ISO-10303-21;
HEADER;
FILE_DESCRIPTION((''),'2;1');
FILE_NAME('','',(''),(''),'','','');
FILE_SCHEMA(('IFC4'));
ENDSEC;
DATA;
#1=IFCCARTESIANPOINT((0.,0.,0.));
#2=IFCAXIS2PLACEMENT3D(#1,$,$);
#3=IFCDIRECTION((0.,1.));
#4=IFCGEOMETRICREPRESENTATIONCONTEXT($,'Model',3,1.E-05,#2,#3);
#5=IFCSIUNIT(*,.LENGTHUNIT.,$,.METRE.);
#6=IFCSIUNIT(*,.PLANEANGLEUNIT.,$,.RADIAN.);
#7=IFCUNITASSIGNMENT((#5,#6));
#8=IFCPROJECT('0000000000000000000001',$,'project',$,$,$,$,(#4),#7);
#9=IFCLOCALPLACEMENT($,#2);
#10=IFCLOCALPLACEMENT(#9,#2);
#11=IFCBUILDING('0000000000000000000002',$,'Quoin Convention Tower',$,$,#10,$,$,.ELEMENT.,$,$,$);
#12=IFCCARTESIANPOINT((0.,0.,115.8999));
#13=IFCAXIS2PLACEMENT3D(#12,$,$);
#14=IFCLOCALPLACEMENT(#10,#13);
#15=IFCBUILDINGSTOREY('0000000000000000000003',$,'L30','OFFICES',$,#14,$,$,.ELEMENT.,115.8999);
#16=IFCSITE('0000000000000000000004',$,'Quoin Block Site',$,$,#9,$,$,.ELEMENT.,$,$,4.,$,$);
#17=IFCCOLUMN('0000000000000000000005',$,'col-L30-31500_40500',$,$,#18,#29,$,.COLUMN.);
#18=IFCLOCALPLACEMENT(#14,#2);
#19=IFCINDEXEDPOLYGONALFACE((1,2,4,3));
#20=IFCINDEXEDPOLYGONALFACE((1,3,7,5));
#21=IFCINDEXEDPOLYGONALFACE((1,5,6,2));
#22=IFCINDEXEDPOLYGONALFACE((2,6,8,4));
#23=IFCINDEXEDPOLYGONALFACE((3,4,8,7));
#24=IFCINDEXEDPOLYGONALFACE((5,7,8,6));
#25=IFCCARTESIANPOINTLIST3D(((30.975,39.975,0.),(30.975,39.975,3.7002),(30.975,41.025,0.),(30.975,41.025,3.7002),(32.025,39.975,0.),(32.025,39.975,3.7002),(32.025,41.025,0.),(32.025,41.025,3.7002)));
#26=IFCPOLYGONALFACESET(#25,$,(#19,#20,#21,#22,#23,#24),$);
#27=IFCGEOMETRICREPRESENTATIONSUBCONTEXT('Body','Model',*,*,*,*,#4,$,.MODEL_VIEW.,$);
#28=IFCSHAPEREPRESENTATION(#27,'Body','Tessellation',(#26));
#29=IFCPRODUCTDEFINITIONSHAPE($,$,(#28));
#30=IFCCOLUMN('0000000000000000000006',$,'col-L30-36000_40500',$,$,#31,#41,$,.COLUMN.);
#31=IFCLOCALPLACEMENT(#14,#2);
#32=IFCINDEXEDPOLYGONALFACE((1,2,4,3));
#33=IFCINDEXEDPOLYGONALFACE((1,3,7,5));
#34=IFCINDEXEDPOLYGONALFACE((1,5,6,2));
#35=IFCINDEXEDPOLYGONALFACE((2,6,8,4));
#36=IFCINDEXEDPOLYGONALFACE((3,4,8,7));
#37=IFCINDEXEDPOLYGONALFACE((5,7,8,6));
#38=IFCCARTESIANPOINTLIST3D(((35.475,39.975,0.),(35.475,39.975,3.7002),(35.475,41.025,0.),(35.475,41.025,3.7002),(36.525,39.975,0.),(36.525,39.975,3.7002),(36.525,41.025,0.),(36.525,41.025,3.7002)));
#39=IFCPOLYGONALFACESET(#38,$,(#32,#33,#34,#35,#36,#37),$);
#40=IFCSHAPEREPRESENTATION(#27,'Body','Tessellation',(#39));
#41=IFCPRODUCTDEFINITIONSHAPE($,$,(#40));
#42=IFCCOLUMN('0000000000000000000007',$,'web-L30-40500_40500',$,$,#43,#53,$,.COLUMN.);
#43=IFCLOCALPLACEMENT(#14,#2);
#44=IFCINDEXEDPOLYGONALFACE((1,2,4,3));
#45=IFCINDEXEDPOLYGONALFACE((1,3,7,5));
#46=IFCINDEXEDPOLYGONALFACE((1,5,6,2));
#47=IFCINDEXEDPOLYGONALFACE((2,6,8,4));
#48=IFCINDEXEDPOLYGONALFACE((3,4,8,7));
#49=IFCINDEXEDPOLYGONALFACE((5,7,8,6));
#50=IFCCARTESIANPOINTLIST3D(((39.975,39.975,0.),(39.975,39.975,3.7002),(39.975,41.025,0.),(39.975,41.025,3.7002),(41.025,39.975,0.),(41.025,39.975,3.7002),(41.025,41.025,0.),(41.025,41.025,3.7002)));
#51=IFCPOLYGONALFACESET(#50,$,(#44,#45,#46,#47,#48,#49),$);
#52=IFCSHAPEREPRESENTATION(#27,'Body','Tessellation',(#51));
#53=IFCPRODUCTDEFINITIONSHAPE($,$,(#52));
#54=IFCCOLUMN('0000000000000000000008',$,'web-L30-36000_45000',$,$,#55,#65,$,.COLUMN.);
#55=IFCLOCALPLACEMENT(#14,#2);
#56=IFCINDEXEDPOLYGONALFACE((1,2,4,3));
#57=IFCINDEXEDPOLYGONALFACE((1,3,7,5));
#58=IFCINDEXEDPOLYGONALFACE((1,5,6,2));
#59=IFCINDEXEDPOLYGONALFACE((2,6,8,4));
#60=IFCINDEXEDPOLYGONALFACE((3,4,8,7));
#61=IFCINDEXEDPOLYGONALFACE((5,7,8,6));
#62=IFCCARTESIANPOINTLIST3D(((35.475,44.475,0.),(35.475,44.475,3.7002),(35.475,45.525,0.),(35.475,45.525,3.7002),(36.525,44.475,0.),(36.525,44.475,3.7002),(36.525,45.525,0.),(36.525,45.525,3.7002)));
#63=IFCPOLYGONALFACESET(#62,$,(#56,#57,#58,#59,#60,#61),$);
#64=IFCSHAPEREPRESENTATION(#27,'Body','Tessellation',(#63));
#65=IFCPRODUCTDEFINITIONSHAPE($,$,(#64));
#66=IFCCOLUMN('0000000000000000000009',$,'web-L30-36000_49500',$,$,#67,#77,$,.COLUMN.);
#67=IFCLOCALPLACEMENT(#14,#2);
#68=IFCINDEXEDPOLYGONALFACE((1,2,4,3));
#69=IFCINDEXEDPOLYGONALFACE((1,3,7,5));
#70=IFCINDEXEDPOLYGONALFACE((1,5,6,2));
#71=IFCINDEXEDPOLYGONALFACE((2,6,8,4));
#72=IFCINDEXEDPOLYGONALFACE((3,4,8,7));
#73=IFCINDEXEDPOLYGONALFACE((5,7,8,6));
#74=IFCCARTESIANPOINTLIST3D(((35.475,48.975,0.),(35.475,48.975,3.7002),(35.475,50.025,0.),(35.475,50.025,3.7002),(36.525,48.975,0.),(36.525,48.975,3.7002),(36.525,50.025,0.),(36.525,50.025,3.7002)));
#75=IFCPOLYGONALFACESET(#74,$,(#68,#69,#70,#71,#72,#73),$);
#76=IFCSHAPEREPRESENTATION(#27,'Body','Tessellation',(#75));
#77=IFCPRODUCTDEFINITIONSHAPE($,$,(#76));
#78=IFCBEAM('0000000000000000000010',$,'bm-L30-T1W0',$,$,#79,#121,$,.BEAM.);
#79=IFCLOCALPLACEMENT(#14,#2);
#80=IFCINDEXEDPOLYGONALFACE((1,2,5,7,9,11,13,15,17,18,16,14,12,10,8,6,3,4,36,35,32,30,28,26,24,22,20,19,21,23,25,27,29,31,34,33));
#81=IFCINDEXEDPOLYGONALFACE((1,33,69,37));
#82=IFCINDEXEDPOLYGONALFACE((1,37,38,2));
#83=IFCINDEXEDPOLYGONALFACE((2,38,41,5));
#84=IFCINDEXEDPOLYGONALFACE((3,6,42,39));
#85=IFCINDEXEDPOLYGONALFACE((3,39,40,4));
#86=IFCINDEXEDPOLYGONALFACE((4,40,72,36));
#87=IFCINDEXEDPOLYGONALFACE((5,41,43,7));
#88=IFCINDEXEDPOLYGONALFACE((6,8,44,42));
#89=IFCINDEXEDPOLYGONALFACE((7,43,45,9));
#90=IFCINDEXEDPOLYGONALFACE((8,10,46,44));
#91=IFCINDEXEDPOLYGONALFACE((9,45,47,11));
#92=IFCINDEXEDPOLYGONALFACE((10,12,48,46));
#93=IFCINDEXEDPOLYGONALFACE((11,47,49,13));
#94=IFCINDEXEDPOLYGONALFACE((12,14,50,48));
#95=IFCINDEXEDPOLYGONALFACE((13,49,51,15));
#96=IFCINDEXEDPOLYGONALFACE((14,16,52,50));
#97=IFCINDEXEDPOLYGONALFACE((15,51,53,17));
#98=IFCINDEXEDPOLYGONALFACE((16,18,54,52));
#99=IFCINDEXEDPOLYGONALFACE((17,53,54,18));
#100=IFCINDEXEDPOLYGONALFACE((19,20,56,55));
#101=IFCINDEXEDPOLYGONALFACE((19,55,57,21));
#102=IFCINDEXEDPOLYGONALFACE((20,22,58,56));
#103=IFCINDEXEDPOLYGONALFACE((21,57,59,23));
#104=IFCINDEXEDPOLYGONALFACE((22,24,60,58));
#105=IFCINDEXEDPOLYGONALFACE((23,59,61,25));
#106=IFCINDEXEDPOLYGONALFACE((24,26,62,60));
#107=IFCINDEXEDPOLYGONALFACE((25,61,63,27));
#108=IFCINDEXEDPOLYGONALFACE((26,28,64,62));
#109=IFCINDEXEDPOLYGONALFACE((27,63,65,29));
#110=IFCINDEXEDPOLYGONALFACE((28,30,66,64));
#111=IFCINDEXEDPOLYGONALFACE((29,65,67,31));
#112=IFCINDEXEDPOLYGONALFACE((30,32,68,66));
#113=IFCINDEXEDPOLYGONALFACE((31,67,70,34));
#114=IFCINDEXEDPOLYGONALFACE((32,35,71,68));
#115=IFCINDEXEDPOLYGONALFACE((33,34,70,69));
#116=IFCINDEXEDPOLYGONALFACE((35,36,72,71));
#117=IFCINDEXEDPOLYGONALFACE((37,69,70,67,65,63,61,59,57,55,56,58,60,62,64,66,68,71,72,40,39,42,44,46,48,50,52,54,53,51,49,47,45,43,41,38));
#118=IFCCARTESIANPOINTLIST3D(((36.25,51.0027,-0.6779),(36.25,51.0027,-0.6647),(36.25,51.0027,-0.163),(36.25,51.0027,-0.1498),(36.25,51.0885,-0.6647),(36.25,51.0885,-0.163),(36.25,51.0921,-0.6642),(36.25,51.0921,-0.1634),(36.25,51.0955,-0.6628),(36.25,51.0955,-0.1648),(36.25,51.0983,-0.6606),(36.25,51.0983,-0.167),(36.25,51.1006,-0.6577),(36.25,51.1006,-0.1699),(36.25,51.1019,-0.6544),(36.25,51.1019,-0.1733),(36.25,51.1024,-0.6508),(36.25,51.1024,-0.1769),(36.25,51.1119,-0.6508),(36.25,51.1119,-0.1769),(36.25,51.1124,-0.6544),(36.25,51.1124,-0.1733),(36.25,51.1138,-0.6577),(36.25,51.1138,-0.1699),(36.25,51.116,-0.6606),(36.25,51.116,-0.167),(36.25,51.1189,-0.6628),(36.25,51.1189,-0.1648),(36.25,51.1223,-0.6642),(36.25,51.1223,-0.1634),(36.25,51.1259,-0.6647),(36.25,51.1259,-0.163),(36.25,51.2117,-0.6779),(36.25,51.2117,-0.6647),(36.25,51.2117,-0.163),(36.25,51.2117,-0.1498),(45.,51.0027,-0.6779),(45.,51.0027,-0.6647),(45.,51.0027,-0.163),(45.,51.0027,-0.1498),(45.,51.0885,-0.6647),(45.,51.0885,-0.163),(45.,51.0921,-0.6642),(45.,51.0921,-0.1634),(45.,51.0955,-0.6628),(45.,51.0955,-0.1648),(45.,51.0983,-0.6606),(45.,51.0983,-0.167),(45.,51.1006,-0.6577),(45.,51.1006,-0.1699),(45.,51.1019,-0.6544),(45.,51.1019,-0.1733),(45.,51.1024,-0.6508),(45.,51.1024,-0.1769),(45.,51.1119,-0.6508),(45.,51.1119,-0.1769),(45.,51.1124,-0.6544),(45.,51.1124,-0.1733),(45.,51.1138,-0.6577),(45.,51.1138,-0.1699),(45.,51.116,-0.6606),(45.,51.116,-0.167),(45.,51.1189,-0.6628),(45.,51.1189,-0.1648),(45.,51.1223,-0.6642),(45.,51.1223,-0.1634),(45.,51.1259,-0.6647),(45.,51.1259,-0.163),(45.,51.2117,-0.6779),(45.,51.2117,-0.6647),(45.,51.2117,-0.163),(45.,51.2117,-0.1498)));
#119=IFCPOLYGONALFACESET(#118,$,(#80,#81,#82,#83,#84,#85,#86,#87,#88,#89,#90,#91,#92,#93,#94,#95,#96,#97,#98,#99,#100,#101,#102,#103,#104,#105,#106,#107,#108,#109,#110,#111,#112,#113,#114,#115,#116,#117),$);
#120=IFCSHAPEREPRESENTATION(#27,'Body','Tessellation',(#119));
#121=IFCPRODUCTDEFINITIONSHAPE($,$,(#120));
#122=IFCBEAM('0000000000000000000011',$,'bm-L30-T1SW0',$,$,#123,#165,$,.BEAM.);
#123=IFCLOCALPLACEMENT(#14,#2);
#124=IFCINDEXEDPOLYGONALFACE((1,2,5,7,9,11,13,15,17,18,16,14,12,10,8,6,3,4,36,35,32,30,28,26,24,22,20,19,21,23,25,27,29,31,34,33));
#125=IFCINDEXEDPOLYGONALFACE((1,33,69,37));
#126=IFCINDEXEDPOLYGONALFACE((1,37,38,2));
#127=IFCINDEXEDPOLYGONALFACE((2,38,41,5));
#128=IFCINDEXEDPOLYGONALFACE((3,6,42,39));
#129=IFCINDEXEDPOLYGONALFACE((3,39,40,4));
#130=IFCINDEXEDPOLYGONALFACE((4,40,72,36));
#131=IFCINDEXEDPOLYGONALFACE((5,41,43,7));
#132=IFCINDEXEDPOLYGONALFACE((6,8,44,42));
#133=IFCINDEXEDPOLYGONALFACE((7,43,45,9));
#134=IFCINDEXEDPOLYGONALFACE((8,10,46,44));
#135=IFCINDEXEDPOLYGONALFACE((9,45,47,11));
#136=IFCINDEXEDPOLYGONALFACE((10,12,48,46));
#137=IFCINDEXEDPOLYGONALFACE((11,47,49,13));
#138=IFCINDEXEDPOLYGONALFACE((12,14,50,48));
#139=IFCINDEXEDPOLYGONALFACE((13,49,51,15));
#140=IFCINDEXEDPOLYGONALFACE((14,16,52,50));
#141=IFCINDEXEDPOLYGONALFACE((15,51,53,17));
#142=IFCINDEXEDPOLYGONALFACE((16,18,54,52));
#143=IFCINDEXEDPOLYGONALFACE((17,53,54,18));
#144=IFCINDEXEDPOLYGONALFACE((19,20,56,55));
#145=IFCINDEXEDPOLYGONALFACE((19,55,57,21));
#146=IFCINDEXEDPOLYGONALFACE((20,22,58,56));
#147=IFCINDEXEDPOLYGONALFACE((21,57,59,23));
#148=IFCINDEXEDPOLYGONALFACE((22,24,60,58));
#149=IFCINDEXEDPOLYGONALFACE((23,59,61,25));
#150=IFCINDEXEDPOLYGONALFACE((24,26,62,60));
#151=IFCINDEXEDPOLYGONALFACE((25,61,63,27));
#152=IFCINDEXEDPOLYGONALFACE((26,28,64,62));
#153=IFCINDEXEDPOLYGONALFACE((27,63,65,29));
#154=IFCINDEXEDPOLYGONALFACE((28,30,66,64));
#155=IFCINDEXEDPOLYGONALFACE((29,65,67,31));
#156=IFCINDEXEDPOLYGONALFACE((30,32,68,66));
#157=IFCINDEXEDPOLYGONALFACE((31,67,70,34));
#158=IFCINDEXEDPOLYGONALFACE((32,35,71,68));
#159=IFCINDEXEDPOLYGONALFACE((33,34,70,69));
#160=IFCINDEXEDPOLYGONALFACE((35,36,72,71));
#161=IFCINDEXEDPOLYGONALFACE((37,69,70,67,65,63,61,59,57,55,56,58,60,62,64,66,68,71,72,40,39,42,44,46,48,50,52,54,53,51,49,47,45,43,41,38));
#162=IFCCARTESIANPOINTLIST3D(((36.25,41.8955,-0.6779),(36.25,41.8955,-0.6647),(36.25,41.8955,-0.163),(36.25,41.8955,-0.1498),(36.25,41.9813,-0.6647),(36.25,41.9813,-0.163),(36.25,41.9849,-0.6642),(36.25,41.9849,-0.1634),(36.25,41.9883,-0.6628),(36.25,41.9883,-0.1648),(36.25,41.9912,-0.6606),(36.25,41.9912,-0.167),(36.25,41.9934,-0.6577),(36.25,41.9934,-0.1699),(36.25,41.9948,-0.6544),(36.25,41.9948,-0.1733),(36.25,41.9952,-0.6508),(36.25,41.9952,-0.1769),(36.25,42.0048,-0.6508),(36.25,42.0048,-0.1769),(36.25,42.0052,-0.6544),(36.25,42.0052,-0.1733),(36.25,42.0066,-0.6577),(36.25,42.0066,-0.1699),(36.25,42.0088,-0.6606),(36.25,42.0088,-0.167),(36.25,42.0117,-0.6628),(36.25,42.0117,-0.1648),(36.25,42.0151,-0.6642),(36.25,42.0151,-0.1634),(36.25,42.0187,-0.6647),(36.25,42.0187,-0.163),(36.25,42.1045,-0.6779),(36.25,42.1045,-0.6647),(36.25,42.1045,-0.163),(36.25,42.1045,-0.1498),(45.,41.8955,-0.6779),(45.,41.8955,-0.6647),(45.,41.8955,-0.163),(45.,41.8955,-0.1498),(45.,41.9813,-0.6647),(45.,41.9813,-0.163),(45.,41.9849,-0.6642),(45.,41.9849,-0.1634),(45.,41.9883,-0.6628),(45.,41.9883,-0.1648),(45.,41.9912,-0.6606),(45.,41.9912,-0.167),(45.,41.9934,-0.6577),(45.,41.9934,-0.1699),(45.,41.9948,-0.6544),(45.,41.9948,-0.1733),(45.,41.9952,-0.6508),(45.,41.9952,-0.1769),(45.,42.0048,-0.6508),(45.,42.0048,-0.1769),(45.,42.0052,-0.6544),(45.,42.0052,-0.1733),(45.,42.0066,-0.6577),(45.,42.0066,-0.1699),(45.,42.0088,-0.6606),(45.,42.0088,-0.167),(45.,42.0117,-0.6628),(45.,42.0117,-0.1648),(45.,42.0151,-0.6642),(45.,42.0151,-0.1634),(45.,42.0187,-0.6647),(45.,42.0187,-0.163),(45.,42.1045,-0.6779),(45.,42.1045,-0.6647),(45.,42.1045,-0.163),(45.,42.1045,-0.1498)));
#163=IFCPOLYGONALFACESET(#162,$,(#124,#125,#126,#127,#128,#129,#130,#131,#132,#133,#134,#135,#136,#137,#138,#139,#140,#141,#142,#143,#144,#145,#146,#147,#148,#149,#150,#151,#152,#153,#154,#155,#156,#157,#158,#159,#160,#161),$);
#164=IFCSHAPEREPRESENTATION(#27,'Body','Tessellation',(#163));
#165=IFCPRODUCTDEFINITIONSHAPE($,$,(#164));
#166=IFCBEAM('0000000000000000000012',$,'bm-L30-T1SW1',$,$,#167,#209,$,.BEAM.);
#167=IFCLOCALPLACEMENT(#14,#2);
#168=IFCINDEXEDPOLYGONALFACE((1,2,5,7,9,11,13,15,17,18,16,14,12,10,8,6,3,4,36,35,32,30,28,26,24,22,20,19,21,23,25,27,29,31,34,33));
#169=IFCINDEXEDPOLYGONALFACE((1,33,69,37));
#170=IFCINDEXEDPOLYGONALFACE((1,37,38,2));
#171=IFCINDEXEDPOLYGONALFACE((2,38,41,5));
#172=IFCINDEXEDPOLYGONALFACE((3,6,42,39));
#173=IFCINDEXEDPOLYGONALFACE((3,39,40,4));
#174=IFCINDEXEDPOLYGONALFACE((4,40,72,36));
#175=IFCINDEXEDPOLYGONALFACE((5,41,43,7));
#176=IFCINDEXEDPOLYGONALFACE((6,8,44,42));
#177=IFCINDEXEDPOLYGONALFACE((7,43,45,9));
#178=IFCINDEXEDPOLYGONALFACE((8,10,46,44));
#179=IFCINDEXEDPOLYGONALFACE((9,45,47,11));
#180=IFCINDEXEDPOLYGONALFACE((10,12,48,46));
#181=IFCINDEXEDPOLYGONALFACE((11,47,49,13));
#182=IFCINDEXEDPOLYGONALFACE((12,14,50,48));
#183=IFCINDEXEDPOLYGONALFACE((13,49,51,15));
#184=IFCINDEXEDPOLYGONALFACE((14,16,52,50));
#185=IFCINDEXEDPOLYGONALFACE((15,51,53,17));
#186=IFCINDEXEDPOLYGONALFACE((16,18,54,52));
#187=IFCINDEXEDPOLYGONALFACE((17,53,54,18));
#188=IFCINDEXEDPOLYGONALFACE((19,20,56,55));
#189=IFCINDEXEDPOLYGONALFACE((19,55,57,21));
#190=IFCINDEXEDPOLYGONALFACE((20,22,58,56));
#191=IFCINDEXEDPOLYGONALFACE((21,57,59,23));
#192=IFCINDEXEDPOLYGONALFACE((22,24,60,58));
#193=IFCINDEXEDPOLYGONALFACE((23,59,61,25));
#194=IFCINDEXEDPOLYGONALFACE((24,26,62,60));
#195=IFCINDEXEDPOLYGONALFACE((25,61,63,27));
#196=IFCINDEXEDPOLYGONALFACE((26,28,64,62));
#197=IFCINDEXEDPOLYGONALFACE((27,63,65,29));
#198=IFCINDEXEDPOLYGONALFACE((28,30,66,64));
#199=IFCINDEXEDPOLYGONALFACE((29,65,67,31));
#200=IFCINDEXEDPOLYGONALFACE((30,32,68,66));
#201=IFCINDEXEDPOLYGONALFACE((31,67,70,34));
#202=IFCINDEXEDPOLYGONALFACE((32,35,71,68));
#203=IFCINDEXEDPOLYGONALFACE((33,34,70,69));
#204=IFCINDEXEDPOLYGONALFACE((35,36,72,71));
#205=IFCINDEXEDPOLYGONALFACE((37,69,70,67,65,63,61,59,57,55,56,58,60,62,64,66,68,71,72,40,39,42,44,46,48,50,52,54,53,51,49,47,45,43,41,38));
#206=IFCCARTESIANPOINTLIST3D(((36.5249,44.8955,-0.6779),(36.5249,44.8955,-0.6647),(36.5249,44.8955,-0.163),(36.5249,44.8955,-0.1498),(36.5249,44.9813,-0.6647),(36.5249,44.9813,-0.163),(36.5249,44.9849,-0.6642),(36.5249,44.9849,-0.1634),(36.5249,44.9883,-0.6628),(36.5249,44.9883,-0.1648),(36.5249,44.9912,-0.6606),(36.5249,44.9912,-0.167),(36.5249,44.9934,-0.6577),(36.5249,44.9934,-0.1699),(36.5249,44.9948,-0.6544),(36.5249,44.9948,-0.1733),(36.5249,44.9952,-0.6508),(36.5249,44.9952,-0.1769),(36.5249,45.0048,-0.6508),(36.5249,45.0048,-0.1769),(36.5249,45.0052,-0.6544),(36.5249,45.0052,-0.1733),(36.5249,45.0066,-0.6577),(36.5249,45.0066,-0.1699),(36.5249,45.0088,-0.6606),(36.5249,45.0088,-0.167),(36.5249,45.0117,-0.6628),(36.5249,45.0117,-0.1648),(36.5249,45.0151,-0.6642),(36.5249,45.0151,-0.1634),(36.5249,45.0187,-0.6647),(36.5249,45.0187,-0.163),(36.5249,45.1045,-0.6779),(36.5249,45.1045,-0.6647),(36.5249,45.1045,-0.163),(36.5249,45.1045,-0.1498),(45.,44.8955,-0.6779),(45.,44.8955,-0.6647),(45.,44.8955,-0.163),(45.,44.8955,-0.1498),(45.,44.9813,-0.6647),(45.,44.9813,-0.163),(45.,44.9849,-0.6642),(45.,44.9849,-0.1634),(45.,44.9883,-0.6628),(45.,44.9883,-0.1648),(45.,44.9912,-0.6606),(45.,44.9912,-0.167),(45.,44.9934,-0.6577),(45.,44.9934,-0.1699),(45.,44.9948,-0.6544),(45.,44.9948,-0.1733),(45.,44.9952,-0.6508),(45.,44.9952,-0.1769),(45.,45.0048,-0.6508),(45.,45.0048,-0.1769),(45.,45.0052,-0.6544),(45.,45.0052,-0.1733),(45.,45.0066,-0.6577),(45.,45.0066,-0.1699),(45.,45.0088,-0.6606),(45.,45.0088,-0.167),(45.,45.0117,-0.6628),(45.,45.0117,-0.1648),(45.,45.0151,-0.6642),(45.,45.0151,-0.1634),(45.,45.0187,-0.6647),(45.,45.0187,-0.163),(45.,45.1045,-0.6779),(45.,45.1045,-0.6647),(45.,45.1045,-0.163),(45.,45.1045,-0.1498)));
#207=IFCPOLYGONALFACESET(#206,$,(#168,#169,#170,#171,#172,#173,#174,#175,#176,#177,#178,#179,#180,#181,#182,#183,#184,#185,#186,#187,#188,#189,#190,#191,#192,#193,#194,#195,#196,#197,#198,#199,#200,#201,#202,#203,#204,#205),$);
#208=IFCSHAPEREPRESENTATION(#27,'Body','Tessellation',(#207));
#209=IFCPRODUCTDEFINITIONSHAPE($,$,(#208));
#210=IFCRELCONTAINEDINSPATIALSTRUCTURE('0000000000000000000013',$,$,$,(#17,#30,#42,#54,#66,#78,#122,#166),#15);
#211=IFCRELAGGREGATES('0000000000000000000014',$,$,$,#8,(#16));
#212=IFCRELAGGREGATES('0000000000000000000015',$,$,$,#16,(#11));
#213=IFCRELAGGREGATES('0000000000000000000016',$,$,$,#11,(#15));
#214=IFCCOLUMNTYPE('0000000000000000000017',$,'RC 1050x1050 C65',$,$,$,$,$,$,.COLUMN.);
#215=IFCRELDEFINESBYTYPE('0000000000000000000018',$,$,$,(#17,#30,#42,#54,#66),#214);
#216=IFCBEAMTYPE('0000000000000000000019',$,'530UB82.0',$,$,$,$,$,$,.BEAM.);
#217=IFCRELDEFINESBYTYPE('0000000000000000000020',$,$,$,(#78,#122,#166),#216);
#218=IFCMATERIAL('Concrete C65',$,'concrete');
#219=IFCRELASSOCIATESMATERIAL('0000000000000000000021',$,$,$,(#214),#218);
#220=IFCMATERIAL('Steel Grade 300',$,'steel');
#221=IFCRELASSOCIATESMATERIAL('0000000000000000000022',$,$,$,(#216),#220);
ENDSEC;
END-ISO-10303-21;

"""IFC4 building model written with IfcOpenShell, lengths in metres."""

from ifc_helpers import new_model, si_unit, direction, frame, origin, origin_2d, place, context, subcontext, project, spatial, rectangle, i_section, extrude, material, material_profile, profile_set, type_object, element, save


model = new_model("IFC4")

# Units and contexts
model_context = context("Model", 3, precision=1e-05, world=origin(), true_north=direction((0.0, 1.0)))
body_context = subcontext(model_context, "Body", "Model", "MODEL_VIEW")
ifc_project = project(units=[si_unit("LENGTHUNIT", "METRE"), si_unit("PLANEANGLEUNIT", "RADIAN")], contexts=[model_context])

# Site, building, storey
site_placement = place(None, origin())
site = spatial("IfcSite", under=ifc_project, at=site_placement, Name="Quoin Block Site", CompositionType="ELEMENT", RefElevation=4.0)
building_placement = place(site_placement, origin())
building = spatial("IfcBuilding", under=site, at=building_placement, Name="Quoin Convention Tower", CompositionType="ELEMENT")
storey_placement = place(building_placement, frame((0.0, 0.0, 115.8999)))
storey = spatial("IfcBuildingStorey", under=building, at=storey_placement, Name="L30", Description="OFFICES", CompositionType="ELEMENT", Elevation=115.8999)

# Columns
ifc_material_1 = material(Name="Concrete C65", Category="concrete")
ifc_material_profile_1 = material_profile(ifc_material_1, rectangle(XDim=1.05, YDim=1.05, at=origin_2d()), Name="RC 1050x1050")
ifc_profile_set_1 = profile_set([ifc_material_profile_1], Name="Concrete C65")
column_type = type_object("IfcColumnType", Name="RC 1050x1050 C65", PredefinedType="COLUMN", material=ifc_profile_set_1)
for number, where, z_axis, x_axis, name in (
    (1, (31.5, 40.5, 0.0), (0.0, 0.0, 1.0), (1.0, 0.0, 0.0), "col-L30-31500_40500"),
    (2, (36.0, 40.5, 0.0), (0.0, 0.0, 1.0), (1.0, 0.0, 0.0), "col-L30-36000_40500"),
    (3, (40.5, 40.5, 0.0), (0.0, 0.0, 1.0), (1.0, 0.0, 0.0), "web-L30-40500_40500"),
    (4, (36.0, 45.0, 0.0), (0.0, 0.0, 1.0), (1.0, 0.0, 0.0), "web-L30-36000_45000"),
    (5, (36.0, 49.5, 0.0), (0.0, 0.0, 1.0), (1.0, 0.0, 0.0), "web-L30-36000_49500"),
):
    element("IfcColumn", number, at=place(storey_placement, frame(where, z_axis=z_axis, x_axis=x_axis)), inside=storey, type_object=column_type, Name=name, PredefinedType="COLUMN", context=body_context, shape_type="SweptSolid", body=[
        extrude(rectangle(XDim=1.05, YDim=1.05, at=origin_2d()), origin(), (0.0, 0.0, 1.0), 3.7002),
    ])

# Beams
ifc_material_2 = material(Name="Steel Grade 300", Category="steel")
ifc_material_profile_2 = material_profile(ifc_material_2, i_section(OverallWidth=0.209, OverallDepth=0.5281, WebThickness=0.0095, FlangeThickness=0.0132, FilletRadius=0.0139, at=origin_2d()), Name="530UB82.0")
ifc_profile_set_2 = profile_set([ifc_material_profile_2], Name="Steel Grade 300")
beam_type_1 = type_object("IfcBeamType", Name="530UB82.0", PredefinedType="BEAM", material=ifc_profile_set_2)
for number, where, z_axis, x_axis, name in (
    (6, (36.25, 51.1072, -0.4138), (1.0, 0.0, 0.0), (0.0, 1.0, 0.0), "bm-L30-T1W0"),
    (7, (36.25, 42.0, -0.4138), (1.0, 0.0, 0.0), (0.0, 1.0, 0.0), "bm-L30-T1SW0"),
):
    element("IfcBeam", number, at=place(storey_placement, frame(where, z_axis=z_axis, x_axis=x_axis)), inside=storey, type_object=beam_type_1, Name=name, PredefinedType="BEAM", context=body_context, shape_type="SweptSolid", body=[
        extrude(i_section(OverallWidth=0.209, OverallDepth=0.5281, WebThickness=0.0095, FlangeThickness=0.0132, FilletRadius=0.0139, at=origin_2d()), origin(), (0.0, 0.0, 1.0), 8.75),
    ])
beam_1_placement = place(storey_placement, frame((36.5249, 45.0, -0.4138), z_axis=(1.0, 0.0, 0.0), x_axis=(0.0, 1.0, 0.0)))
element("IfcBeam", 8, at=beam_1_placement, inside=storey, type_object=beam_type_1, Name="bm-L30-T1SW1", PredefinedType="BEAM", context=body_context, shape_type="SweptSolid", body=[
    extrude(i_section(OverallWidth=0.209, OverallDepth=0.5281, WebThickness=0.0095, FlangeThickness=0.0132, FilletRadius=0.0139, at=origin_2d()), origin(), (0.0, 0.0, 1.0), 8.4751),
])

save(model, "model.ifc")
